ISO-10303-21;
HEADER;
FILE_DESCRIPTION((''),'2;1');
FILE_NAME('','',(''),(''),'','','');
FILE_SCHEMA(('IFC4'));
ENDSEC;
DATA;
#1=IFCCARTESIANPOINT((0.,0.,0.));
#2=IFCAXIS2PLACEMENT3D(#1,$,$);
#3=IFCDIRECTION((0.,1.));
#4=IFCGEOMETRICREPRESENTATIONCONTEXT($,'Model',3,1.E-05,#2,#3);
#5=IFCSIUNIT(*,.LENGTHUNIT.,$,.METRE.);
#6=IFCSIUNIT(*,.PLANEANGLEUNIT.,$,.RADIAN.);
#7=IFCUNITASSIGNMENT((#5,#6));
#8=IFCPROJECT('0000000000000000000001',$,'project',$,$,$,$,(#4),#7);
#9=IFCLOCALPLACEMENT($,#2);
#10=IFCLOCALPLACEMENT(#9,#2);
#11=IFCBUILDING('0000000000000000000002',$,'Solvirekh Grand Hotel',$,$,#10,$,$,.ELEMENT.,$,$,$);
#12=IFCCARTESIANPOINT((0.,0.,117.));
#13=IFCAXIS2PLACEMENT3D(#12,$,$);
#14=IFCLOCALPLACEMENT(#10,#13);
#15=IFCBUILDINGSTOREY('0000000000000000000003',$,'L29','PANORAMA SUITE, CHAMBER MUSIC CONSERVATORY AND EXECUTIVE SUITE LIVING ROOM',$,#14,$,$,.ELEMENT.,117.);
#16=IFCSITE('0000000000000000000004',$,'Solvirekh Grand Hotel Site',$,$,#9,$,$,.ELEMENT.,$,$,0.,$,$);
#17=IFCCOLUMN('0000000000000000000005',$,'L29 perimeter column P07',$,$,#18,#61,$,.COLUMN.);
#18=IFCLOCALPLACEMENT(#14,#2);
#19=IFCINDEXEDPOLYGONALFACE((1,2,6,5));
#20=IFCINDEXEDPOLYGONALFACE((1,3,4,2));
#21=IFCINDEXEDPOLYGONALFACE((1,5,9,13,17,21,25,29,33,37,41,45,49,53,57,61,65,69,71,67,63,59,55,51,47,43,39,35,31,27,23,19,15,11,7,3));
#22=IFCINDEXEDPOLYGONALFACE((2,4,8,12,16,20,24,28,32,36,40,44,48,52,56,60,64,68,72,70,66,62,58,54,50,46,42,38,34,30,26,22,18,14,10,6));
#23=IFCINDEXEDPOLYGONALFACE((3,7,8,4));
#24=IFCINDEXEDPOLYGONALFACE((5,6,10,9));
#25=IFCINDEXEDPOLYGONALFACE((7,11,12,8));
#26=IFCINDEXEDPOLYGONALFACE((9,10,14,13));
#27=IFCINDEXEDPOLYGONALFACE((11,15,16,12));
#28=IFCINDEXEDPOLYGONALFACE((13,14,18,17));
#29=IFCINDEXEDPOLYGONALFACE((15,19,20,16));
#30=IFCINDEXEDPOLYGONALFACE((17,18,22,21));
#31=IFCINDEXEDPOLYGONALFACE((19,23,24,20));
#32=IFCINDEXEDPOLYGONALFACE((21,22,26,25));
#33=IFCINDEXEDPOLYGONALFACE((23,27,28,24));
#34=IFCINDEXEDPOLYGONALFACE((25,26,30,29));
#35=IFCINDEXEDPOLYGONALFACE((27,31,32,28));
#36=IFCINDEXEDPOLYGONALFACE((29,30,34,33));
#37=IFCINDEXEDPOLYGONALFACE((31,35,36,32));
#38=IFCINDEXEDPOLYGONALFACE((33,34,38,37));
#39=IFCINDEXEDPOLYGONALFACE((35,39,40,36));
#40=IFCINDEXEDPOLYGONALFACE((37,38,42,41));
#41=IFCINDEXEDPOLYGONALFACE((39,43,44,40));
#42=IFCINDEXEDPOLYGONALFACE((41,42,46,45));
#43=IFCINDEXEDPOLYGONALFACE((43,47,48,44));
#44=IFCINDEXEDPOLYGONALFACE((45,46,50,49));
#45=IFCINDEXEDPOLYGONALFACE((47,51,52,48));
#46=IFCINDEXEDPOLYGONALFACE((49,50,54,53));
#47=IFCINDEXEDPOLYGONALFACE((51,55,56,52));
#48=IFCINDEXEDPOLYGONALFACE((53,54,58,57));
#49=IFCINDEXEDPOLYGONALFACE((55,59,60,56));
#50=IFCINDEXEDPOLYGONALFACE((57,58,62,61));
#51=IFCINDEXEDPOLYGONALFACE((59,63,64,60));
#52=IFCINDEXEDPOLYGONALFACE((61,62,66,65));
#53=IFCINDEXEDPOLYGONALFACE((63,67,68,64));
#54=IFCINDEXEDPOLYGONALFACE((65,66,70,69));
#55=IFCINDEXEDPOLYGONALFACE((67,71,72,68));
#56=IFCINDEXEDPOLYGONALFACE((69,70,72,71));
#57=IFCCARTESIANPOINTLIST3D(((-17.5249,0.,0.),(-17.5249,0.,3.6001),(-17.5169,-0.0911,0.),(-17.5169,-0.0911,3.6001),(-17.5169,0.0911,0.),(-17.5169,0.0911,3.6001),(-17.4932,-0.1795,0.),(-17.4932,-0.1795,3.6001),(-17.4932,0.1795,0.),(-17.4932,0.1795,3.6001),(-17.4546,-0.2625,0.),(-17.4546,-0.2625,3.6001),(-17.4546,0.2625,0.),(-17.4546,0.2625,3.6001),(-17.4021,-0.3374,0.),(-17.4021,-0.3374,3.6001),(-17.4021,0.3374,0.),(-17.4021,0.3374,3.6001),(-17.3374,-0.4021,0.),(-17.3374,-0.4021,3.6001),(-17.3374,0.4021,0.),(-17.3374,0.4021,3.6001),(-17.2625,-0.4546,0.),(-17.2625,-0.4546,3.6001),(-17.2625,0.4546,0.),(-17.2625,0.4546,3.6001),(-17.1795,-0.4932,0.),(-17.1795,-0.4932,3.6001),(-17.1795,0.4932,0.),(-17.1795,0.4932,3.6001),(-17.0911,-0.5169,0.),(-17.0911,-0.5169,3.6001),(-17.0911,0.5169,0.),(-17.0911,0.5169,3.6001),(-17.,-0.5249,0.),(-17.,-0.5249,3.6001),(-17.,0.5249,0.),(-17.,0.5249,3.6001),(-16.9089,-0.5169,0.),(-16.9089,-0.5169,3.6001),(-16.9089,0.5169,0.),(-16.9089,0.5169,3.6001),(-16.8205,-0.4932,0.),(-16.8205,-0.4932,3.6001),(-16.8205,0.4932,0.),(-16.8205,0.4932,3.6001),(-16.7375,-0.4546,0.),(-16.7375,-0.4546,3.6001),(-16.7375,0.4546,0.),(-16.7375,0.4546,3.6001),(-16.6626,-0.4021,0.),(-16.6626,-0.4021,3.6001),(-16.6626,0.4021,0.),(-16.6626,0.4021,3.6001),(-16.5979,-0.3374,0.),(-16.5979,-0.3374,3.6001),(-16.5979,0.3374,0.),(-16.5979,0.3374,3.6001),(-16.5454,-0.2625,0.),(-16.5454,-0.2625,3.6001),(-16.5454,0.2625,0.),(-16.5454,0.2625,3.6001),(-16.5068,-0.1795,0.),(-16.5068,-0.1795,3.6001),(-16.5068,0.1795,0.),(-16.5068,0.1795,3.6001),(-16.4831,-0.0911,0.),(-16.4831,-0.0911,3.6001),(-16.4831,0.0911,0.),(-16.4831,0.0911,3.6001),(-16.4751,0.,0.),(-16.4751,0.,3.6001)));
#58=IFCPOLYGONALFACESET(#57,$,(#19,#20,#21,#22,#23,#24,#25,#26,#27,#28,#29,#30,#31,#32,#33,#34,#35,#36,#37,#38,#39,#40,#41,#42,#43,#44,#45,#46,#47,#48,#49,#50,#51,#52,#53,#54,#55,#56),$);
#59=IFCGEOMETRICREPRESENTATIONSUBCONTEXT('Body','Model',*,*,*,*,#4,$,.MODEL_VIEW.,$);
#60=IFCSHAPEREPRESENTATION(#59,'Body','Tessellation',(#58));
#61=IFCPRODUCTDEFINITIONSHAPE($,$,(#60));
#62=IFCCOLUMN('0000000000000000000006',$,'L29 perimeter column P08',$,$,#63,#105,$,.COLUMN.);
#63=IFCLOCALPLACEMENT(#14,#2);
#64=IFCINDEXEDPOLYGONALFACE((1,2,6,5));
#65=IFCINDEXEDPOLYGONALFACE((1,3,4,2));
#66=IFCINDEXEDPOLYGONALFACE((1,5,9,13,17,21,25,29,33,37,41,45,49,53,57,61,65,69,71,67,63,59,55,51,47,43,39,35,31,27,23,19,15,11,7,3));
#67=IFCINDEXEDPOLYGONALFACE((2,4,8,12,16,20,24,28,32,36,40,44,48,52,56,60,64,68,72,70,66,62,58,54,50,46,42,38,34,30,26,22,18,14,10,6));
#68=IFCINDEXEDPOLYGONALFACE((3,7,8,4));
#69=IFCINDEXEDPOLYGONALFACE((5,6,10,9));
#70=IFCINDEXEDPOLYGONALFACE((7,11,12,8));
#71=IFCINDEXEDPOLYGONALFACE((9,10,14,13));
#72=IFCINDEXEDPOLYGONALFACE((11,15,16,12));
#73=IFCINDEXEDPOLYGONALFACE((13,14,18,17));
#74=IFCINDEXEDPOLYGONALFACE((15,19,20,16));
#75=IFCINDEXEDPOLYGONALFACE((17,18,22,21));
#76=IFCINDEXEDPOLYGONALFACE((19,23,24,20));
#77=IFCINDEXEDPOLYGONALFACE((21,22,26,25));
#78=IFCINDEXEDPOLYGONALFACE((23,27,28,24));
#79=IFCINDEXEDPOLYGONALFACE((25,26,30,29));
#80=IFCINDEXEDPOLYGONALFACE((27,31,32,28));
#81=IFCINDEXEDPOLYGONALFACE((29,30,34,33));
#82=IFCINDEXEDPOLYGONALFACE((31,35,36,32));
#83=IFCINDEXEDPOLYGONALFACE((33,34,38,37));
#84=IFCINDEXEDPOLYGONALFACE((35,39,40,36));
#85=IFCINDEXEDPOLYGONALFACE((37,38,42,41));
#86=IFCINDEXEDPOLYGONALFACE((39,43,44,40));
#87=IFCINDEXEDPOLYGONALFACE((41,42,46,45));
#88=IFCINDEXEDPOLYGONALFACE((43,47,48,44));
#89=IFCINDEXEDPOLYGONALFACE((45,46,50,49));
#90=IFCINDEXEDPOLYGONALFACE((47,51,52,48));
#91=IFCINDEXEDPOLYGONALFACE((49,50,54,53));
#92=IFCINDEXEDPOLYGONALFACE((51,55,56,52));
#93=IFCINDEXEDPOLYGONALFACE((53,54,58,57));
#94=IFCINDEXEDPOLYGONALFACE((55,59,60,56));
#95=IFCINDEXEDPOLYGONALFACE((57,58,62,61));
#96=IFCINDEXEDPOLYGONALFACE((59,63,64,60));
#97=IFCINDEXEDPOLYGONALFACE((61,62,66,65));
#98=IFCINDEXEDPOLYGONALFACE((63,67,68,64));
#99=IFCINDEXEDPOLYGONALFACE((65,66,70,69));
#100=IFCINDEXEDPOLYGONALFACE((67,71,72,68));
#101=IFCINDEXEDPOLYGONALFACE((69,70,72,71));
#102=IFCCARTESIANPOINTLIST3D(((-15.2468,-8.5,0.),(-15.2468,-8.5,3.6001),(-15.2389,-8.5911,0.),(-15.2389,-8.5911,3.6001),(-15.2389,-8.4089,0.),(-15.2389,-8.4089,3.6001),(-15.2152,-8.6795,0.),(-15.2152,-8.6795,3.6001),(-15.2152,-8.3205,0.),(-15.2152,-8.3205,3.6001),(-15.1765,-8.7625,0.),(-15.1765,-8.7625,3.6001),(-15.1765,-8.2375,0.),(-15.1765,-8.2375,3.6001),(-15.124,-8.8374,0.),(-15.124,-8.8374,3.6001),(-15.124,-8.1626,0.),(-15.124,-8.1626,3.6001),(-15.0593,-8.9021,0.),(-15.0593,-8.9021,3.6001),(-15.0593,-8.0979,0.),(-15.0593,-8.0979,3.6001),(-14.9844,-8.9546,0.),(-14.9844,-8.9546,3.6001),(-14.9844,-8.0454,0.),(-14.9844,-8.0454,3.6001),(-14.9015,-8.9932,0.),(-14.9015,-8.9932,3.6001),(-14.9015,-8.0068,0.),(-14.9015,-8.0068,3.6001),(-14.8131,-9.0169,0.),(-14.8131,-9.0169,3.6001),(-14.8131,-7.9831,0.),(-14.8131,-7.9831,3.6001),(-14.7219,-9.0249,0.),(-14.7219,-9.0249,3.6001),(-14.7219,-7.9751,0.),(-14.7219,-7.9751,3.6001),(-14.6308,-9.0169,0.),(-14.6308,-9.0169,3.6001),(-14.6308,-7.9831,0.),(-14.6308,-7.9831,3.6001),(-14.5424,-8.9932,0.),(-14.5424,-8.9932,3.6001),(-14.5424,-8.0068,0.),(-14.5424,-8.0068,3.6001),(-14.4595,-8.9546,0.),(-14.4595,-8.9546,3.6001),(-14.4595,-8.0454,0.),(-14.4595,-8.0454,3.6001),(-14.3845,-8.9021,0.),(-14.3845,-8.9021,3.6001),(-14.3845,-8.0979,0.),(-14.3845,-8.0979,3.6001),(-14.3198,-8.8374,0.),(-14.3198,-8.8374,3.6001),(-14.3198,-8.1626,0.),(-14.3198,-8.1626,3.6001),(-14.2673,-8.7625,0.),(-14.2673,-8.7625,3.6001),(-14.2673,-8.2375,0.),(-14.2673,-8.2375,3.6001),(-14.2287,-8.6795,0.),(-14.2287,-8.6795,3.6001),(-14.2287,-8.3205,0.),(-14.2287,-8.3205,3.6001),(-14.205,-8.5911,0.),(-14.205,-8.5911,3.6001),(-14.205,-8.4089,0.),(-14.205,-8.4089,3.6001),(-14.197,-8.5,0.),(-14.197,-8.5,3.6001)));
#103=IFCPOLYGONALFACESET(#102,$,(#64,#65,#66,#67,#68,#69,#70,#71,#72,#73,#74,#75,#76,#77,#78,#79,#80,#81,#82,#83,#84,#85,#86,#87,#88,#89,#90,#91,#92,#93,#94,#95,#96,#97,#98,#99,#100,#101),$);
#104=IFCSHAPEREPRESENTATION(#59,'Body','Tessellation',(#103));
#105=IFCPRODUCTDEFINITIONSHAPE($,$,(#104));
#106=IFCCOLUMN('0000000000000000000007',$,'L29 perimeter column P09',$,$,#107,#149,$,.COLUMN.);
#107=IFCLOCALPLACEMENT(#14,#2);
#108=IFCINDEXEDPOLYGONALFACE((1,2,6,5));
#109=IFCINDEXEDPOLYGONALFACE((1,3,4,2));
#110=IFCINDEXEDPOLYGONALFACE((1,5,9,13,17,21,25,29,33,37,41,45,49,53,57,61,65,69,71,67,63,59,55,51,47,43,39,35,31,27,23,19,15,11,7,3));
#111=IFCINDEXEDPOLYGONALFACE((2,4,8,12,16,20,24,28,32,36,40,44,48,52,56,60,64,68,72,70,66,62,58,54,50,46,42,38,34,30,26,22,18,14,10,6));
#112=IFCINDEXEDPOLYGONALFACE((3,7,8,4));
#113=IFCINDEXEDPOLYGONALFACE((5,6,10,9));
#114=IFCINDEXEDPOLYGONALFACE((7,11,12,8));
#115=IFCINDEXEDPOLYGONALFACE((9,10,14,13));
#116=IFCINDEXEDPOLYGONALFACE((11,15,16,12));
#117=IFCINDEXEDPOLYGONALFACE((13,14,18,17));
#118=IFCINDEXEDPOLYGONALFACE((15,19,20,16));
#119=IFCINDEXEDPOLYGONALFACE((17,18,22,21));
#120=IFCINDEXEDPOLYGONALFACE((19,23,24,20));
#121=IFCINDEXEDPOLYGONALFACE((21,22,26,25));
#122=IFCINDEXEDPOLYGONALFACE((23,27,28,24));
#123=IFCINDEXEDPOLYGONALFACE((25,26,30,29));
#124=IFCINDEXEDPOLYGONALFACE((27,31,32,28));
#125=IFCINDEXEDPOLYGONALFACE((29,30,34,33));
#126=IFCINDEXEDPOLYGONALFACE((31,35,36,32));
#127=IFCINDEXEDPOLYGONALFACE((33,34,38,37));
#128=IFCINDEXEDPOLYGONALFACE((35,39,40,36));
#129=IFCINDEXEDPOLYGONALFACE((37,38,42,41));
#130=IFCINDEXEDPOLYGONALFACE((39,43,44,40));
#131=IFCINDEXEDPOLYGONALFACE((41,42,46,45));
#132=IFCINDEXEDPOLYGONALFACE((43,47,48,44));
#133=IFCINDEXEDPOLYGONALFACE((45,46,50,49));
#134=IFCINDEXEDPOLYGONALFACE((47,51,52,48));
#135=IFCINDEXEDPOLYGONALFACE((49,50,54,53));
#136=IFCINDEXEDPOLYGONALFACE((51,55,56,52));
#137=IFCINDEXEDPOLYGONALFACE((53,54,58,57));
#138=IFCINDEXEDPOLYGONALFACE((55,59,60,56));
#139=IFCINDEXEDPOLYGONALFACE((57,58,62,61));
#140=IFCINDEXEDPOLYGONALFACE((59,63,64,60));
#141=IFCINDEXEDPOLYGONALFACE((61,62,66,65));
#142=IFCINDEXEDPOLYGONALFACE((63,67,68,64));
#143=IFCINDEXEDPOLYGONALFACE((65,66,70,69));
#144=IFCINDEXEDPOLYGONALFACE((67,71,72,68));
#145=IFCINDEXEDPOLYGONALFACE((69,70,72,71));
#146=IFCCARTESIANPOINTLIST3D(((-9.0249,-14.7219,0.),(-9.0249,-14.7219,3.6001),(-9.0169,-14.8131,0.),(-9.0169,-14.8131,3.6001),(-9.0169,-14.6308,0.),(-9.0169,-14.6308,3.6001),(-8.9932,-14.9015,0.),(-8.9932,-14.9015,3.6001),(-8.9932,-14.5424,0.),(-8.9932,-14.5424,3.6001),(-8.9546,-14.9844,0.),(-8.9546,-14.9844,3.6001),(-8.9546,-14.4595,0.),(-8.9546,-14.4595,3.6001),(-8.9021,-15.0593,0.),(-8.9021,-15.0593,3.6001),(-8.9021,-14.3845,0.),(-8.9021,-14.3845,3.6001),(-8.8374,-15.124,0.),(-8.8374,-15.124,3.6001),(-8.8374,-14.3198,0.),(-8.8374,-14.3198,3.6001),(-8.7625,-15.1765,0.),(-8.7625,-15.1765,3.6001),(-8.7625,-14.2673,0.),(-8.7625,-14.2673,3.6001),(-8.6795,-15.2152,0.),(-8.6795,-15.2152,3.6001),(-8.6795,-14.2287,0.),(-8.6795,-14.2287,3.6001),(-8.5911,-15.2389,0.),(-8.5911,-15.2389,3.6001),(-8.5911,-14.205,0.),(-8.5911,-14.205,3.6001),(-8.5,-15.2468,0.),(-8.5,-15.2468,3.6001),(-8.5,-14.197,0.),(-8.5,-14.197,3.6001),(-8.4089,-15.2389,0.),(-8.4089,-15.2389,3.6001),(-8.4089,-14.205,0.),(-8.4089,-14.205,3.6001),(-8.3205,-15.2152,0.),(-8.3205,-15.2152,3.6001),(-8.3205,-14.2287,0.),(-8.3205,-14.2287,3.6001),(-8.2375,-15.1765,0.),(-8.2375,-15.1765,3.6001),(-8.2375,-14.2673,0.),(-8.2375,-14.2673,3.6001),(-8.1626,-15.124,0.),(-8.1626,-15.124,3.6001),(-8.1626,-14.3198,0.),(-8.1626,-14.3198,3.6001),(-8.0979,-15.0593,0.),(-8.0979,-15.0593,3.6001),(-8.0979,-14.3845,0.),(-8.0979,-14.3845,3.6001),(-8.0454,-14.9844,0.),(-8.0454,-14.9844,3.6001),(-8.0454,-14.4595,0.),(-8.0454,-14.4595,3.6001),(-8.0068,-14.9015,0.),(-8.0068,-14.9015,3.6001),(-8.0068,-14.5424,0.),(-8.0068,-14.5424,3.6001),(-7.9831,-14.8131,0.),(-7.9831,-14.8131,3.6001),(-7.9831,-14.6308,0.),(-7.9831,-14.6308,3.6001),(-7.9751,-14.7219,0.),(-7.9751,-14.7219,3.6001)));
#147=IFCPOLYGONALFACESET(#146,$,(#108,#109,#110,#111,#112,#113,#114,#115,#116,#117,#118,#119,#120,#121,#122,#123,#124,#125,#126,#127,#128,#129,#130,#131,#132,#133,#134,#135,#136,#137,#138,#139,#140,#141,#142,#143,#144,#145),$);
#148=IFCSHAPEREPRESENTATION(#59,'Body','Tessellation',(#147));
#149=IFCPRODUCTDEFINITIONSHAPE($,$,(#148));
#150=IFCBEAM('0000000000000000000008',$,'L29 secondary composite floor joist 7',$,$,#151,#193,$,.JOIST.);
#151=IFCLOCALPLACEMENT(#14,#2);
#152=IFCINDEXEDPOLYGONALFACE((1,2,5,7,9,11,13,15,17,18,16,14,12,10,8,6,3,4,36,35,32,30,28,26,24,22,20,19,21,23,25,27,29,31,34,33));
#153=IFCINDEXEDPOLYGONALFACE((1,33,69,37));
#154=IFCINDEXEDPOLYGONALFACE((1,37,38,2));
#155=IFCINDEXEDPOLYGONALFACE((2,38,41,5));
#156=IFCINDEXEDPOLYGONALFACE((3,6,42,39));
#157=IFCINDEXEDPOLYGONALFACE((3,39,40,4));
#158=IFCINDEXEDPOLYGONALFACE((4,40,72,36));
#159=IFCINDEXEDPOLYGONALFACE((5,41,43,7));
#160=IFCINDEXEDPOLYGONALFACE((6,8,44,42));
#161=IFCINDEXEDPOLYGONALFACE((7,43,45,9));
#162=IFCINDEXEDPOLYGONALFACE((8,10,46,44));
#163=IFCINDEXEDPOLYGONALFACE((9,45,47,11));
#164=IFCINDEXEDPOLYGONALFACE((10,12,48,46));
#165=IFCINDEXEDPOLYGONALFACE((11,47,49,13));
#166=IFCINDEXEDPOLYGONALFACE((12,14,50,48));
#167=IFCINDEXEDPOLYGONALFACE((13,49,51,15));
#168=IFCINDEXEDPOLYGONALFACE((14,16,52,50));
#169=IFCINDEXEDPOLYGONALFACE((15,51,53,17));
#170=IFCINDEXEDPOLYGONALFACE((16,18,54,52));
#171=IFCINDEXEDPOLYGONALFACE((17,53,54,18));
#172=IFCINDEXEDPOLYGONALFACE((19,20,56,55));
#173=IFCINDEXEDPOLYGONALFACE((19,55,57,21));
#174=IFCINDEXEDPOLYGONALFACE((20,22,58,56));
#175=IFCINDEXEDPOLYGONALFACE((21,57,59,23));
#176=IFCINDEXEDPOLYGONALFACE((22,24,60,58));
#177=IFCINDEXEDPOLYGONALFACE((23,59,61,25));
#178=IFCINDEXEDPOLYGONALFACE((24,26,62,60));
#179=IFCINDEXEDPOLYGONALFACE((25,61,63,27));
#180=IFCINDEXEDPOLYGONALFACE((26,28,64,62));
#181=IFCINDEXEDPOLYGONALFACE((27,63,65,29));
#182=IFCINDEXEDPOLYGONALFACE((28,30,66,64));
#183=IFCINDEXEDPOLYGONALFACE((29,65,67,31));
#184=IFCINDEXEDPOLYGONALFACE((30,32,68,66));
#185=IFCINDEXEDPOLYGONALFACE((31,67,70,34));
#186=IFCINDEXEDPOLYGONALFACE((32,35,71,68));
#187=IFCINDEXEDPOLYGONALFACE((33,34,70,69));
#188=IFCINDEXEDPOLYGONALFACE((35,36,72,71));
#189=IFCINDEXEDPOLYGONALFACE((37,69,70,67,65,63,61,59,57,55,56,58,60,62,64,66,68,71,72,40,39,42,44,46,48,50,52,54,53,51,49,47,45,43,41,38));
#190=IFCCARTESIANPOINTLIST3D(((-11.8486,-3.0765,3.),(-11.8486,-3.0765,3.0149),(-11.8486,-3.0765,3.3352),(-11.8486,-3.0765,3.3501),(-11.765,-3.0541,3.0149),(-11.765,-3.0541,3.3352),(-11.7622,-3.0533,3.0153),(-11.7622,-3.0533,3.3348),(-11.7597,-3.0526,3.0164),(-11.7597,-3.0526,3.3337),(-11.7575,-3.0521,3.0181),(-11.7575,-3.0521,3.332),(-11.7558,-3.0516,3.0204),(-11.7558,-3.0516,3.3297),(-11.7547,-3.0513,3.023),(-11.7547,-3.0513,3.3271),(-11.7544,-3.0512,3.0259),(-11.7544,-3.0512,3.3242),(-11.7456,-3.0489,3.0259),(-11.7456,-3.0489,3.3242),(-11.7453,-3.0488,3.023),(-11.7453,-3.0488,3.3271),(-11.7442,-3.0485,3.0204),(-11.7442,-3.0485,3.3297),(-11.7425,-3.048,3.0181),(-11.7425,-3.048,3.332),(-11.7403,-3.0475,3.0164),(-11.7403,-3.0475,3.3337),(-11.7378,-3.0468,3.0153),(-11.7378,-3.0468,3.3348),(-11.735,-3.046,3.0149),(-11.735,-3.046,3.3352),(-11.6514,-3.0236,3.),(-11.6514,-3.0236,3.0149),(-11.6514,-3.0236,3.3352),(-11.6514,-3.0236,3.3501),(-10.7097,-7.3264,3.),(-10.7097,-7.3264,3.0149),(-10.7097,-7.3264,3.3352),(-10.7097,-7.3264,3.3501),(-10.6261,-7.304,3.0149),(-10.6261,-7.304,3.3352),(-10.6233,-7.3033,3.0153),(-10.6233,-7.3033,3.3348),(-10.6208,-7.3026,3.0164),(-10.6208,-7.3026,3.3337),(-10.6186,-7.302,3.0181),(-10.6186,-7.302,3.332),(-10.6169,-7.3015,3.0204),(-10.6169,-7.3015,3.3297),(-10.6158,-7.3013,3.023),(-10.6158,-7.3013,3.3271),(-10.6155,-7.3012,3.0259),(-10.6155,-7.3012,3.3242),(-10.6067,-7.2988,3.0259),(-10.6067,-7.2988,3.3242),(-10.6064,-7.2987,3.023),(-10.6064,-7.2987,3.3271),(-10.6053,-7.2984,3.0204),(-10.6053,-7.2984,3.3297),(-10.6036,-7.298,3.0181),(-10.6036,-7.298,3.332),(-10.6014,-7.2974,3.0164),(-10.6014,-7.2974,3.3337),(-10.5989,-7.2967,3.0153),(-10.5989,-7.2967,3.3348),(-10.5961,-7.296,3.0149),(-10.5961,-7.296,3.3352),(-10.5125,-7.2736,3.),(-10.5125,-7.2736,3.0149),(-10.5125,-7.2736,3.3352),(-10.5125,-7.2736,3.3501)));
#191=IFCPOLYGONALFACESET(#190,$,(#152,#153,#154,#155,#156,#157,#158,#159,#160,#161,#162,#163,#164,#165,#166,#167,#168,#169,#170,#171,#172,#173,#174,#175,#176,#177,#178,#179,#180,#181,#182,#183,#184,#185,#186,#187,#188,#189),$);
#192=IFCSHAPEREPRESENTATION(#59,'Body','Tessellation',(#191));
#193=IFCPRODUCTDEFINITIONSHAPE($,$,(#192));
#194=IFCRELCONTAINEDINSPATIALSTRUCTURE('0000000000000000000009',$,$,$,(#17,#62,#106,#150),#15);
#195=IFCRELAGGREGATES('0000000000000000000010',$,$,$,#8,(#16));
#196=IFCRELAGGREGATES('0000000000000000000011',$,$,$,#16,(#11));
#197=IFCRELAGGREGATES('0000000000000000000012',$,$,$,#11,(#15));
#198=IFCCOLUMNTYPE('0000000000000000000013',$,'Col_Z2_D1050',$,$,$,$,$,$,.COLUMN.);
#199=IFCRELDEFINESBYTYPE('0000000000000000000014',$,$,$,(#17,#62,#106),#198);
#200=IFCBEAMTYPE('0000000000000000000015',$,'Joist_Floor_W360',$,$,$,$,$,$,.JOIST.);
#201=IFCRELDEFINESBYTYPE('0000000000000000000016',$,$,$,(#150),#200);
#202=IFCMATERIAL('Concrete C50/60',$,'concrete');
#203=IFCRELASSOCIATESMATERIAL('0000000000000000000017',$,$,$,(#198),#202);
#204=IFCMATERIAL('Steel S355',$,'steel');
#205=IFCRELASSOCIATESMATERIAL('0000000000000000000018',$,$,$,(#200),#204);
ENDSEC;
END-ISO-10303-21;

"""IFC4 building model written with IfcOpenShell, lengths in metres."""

from ifc_helpers import new_model, si_unit, direction, frame, origin, origin_2d, place, context, subcontext, project, spatial, circle, i_section, extrude, material, material_profile, profile_set, type_object, element, save


model = new_model("IFC4")

# Units and contexts
model_context = context("Model", 3, precision=1e-05, world=origin(), true_north=direction((0.0, 1.0)))
body_context = subcontext(model_context, "Body", "Model", "MODEL_VIEW")
ifc_project = project(units=[si_unit("LENGTHUNIT", "METRE"), si_unit("PLANEANGLEUNIT", "RADIAN")], contexts=[model_context])

# Site, building, storey
site_placement = place(None, origin())
site = spatial("IfcSite", under=ifc_project, at=site_placement, Name="Solvirekh Grand Hotel Site", CompositionType="ELEMENT", RefElevation=0.0)
building_placement = place(site_placement, origin())
building = spatial("IfcBuilding", under=site, at=building_placement, Name="Solvirekh Grand Hotel", CompositionType="ELEMENT")
storey_placement = place(building_placement, frame((0.0, 0.0, 117.0)))
storey = spatial("IfcBuildingStorey", under=building, at=storey_placement, Name="L29", Description="PANORAMA SUITE, CHAMBER MUSIC CONSERVATORY AND EXECUTIVE SUITE LIVING ROOM", CompositionType="ELEMENT", Elevation=117.0)

# Columns
ifc_material_1 = material(Name="Concrete C50/60", Category="concrete")
ifc_material_profile_1 = material_profile(ifc_material_1, circle(Radius=0.5249, at=origin_2d()), Name="RC CIRC D1050")
ifc_profile_set_1 = profile_set([ifc_material_profile_1], Name="Concrete C50/60")
column_type = type_object("IfcColumnType", Name="Col_Z2_D1050", PredefinedType="COLUMN", material=ifc_profile_set_1)
for number, where, z_axis, x_axis, name in (
    (1, (-17.0, 0.0, 0.0), (0.0, 0.0, 1.0), (1.0, 0.0, 0.0), "L29 perimeter column P07"),
    (2, (-14.7219, -8.5, 0.0), (0.0, 0.0, 1.0), (1.0, 0.0, 0.0), "L29 perimeter column P08"),
    (3, (-8.5, -14.7219, 0.0), (0.0, 0.0, 1.0), (1.0, 0.0, 0.0), "L29 perimeter column P09"),
):
    element("IfcColumn", number, at=place(storey_placement, frame(where, z_axis=z_axis, x_axis=x_axis)), inside=storey, type_object=column_type, Name=name, PredefinedType="COLUMN", context=body_context, shape_type="SweptSolid", body=[
        extrude(circle(Radius=0.5249, at=origin_2d()), origin(), (0.0, 0.0, 1.0), 3.6001),
    ])

# Beam
ifc_material_2 = material(Name="Steel S355", Category="steel")
ifc_material_profile_2 = material_profile(ifc_material_2, i_section(OverallWidth=0.2041, OverallDepth=0.3501, WebThickness=0.009, FlangeThickness=0.0149, FilletRadius=0.011, at=origin_2d()), Name="W360X72")
ifc_profile_set_2 = profile_set([ifc_material_profile_2], Name="Steel S355")
beam_type_1 = type_object("IfcBeamType", Name="Joist_Floor_W360", PredefinedType="JOIST", material=ifc_profile_set_2)
beam_1_placement = place(storey_placement, frame((-11.75, -3.05, 3.175), z_axis=(0.258847, -0.965918, 0.0), x_axis=(0.965918, 0.258847, 0.0)))
element("IfcBeam", 4, at=beam_1_placement, inside=storey, type_object=beam_type_1, Name="L29 secondary composite floor joist 7", PredefinedType="JOIST", context=body_context, shape_type="SweptSolid", body=[
    extrude(i_section(OverallWidth=0.2041, OverallDepth=0.3501, WebThickness=0.009, FlangeThickness=0.0149, FilletRadius=0.011, at=origin_2d()), origin(), (0.0, 0.0, 1.0), 4.3999),
])

save(model, "model.ifc")
